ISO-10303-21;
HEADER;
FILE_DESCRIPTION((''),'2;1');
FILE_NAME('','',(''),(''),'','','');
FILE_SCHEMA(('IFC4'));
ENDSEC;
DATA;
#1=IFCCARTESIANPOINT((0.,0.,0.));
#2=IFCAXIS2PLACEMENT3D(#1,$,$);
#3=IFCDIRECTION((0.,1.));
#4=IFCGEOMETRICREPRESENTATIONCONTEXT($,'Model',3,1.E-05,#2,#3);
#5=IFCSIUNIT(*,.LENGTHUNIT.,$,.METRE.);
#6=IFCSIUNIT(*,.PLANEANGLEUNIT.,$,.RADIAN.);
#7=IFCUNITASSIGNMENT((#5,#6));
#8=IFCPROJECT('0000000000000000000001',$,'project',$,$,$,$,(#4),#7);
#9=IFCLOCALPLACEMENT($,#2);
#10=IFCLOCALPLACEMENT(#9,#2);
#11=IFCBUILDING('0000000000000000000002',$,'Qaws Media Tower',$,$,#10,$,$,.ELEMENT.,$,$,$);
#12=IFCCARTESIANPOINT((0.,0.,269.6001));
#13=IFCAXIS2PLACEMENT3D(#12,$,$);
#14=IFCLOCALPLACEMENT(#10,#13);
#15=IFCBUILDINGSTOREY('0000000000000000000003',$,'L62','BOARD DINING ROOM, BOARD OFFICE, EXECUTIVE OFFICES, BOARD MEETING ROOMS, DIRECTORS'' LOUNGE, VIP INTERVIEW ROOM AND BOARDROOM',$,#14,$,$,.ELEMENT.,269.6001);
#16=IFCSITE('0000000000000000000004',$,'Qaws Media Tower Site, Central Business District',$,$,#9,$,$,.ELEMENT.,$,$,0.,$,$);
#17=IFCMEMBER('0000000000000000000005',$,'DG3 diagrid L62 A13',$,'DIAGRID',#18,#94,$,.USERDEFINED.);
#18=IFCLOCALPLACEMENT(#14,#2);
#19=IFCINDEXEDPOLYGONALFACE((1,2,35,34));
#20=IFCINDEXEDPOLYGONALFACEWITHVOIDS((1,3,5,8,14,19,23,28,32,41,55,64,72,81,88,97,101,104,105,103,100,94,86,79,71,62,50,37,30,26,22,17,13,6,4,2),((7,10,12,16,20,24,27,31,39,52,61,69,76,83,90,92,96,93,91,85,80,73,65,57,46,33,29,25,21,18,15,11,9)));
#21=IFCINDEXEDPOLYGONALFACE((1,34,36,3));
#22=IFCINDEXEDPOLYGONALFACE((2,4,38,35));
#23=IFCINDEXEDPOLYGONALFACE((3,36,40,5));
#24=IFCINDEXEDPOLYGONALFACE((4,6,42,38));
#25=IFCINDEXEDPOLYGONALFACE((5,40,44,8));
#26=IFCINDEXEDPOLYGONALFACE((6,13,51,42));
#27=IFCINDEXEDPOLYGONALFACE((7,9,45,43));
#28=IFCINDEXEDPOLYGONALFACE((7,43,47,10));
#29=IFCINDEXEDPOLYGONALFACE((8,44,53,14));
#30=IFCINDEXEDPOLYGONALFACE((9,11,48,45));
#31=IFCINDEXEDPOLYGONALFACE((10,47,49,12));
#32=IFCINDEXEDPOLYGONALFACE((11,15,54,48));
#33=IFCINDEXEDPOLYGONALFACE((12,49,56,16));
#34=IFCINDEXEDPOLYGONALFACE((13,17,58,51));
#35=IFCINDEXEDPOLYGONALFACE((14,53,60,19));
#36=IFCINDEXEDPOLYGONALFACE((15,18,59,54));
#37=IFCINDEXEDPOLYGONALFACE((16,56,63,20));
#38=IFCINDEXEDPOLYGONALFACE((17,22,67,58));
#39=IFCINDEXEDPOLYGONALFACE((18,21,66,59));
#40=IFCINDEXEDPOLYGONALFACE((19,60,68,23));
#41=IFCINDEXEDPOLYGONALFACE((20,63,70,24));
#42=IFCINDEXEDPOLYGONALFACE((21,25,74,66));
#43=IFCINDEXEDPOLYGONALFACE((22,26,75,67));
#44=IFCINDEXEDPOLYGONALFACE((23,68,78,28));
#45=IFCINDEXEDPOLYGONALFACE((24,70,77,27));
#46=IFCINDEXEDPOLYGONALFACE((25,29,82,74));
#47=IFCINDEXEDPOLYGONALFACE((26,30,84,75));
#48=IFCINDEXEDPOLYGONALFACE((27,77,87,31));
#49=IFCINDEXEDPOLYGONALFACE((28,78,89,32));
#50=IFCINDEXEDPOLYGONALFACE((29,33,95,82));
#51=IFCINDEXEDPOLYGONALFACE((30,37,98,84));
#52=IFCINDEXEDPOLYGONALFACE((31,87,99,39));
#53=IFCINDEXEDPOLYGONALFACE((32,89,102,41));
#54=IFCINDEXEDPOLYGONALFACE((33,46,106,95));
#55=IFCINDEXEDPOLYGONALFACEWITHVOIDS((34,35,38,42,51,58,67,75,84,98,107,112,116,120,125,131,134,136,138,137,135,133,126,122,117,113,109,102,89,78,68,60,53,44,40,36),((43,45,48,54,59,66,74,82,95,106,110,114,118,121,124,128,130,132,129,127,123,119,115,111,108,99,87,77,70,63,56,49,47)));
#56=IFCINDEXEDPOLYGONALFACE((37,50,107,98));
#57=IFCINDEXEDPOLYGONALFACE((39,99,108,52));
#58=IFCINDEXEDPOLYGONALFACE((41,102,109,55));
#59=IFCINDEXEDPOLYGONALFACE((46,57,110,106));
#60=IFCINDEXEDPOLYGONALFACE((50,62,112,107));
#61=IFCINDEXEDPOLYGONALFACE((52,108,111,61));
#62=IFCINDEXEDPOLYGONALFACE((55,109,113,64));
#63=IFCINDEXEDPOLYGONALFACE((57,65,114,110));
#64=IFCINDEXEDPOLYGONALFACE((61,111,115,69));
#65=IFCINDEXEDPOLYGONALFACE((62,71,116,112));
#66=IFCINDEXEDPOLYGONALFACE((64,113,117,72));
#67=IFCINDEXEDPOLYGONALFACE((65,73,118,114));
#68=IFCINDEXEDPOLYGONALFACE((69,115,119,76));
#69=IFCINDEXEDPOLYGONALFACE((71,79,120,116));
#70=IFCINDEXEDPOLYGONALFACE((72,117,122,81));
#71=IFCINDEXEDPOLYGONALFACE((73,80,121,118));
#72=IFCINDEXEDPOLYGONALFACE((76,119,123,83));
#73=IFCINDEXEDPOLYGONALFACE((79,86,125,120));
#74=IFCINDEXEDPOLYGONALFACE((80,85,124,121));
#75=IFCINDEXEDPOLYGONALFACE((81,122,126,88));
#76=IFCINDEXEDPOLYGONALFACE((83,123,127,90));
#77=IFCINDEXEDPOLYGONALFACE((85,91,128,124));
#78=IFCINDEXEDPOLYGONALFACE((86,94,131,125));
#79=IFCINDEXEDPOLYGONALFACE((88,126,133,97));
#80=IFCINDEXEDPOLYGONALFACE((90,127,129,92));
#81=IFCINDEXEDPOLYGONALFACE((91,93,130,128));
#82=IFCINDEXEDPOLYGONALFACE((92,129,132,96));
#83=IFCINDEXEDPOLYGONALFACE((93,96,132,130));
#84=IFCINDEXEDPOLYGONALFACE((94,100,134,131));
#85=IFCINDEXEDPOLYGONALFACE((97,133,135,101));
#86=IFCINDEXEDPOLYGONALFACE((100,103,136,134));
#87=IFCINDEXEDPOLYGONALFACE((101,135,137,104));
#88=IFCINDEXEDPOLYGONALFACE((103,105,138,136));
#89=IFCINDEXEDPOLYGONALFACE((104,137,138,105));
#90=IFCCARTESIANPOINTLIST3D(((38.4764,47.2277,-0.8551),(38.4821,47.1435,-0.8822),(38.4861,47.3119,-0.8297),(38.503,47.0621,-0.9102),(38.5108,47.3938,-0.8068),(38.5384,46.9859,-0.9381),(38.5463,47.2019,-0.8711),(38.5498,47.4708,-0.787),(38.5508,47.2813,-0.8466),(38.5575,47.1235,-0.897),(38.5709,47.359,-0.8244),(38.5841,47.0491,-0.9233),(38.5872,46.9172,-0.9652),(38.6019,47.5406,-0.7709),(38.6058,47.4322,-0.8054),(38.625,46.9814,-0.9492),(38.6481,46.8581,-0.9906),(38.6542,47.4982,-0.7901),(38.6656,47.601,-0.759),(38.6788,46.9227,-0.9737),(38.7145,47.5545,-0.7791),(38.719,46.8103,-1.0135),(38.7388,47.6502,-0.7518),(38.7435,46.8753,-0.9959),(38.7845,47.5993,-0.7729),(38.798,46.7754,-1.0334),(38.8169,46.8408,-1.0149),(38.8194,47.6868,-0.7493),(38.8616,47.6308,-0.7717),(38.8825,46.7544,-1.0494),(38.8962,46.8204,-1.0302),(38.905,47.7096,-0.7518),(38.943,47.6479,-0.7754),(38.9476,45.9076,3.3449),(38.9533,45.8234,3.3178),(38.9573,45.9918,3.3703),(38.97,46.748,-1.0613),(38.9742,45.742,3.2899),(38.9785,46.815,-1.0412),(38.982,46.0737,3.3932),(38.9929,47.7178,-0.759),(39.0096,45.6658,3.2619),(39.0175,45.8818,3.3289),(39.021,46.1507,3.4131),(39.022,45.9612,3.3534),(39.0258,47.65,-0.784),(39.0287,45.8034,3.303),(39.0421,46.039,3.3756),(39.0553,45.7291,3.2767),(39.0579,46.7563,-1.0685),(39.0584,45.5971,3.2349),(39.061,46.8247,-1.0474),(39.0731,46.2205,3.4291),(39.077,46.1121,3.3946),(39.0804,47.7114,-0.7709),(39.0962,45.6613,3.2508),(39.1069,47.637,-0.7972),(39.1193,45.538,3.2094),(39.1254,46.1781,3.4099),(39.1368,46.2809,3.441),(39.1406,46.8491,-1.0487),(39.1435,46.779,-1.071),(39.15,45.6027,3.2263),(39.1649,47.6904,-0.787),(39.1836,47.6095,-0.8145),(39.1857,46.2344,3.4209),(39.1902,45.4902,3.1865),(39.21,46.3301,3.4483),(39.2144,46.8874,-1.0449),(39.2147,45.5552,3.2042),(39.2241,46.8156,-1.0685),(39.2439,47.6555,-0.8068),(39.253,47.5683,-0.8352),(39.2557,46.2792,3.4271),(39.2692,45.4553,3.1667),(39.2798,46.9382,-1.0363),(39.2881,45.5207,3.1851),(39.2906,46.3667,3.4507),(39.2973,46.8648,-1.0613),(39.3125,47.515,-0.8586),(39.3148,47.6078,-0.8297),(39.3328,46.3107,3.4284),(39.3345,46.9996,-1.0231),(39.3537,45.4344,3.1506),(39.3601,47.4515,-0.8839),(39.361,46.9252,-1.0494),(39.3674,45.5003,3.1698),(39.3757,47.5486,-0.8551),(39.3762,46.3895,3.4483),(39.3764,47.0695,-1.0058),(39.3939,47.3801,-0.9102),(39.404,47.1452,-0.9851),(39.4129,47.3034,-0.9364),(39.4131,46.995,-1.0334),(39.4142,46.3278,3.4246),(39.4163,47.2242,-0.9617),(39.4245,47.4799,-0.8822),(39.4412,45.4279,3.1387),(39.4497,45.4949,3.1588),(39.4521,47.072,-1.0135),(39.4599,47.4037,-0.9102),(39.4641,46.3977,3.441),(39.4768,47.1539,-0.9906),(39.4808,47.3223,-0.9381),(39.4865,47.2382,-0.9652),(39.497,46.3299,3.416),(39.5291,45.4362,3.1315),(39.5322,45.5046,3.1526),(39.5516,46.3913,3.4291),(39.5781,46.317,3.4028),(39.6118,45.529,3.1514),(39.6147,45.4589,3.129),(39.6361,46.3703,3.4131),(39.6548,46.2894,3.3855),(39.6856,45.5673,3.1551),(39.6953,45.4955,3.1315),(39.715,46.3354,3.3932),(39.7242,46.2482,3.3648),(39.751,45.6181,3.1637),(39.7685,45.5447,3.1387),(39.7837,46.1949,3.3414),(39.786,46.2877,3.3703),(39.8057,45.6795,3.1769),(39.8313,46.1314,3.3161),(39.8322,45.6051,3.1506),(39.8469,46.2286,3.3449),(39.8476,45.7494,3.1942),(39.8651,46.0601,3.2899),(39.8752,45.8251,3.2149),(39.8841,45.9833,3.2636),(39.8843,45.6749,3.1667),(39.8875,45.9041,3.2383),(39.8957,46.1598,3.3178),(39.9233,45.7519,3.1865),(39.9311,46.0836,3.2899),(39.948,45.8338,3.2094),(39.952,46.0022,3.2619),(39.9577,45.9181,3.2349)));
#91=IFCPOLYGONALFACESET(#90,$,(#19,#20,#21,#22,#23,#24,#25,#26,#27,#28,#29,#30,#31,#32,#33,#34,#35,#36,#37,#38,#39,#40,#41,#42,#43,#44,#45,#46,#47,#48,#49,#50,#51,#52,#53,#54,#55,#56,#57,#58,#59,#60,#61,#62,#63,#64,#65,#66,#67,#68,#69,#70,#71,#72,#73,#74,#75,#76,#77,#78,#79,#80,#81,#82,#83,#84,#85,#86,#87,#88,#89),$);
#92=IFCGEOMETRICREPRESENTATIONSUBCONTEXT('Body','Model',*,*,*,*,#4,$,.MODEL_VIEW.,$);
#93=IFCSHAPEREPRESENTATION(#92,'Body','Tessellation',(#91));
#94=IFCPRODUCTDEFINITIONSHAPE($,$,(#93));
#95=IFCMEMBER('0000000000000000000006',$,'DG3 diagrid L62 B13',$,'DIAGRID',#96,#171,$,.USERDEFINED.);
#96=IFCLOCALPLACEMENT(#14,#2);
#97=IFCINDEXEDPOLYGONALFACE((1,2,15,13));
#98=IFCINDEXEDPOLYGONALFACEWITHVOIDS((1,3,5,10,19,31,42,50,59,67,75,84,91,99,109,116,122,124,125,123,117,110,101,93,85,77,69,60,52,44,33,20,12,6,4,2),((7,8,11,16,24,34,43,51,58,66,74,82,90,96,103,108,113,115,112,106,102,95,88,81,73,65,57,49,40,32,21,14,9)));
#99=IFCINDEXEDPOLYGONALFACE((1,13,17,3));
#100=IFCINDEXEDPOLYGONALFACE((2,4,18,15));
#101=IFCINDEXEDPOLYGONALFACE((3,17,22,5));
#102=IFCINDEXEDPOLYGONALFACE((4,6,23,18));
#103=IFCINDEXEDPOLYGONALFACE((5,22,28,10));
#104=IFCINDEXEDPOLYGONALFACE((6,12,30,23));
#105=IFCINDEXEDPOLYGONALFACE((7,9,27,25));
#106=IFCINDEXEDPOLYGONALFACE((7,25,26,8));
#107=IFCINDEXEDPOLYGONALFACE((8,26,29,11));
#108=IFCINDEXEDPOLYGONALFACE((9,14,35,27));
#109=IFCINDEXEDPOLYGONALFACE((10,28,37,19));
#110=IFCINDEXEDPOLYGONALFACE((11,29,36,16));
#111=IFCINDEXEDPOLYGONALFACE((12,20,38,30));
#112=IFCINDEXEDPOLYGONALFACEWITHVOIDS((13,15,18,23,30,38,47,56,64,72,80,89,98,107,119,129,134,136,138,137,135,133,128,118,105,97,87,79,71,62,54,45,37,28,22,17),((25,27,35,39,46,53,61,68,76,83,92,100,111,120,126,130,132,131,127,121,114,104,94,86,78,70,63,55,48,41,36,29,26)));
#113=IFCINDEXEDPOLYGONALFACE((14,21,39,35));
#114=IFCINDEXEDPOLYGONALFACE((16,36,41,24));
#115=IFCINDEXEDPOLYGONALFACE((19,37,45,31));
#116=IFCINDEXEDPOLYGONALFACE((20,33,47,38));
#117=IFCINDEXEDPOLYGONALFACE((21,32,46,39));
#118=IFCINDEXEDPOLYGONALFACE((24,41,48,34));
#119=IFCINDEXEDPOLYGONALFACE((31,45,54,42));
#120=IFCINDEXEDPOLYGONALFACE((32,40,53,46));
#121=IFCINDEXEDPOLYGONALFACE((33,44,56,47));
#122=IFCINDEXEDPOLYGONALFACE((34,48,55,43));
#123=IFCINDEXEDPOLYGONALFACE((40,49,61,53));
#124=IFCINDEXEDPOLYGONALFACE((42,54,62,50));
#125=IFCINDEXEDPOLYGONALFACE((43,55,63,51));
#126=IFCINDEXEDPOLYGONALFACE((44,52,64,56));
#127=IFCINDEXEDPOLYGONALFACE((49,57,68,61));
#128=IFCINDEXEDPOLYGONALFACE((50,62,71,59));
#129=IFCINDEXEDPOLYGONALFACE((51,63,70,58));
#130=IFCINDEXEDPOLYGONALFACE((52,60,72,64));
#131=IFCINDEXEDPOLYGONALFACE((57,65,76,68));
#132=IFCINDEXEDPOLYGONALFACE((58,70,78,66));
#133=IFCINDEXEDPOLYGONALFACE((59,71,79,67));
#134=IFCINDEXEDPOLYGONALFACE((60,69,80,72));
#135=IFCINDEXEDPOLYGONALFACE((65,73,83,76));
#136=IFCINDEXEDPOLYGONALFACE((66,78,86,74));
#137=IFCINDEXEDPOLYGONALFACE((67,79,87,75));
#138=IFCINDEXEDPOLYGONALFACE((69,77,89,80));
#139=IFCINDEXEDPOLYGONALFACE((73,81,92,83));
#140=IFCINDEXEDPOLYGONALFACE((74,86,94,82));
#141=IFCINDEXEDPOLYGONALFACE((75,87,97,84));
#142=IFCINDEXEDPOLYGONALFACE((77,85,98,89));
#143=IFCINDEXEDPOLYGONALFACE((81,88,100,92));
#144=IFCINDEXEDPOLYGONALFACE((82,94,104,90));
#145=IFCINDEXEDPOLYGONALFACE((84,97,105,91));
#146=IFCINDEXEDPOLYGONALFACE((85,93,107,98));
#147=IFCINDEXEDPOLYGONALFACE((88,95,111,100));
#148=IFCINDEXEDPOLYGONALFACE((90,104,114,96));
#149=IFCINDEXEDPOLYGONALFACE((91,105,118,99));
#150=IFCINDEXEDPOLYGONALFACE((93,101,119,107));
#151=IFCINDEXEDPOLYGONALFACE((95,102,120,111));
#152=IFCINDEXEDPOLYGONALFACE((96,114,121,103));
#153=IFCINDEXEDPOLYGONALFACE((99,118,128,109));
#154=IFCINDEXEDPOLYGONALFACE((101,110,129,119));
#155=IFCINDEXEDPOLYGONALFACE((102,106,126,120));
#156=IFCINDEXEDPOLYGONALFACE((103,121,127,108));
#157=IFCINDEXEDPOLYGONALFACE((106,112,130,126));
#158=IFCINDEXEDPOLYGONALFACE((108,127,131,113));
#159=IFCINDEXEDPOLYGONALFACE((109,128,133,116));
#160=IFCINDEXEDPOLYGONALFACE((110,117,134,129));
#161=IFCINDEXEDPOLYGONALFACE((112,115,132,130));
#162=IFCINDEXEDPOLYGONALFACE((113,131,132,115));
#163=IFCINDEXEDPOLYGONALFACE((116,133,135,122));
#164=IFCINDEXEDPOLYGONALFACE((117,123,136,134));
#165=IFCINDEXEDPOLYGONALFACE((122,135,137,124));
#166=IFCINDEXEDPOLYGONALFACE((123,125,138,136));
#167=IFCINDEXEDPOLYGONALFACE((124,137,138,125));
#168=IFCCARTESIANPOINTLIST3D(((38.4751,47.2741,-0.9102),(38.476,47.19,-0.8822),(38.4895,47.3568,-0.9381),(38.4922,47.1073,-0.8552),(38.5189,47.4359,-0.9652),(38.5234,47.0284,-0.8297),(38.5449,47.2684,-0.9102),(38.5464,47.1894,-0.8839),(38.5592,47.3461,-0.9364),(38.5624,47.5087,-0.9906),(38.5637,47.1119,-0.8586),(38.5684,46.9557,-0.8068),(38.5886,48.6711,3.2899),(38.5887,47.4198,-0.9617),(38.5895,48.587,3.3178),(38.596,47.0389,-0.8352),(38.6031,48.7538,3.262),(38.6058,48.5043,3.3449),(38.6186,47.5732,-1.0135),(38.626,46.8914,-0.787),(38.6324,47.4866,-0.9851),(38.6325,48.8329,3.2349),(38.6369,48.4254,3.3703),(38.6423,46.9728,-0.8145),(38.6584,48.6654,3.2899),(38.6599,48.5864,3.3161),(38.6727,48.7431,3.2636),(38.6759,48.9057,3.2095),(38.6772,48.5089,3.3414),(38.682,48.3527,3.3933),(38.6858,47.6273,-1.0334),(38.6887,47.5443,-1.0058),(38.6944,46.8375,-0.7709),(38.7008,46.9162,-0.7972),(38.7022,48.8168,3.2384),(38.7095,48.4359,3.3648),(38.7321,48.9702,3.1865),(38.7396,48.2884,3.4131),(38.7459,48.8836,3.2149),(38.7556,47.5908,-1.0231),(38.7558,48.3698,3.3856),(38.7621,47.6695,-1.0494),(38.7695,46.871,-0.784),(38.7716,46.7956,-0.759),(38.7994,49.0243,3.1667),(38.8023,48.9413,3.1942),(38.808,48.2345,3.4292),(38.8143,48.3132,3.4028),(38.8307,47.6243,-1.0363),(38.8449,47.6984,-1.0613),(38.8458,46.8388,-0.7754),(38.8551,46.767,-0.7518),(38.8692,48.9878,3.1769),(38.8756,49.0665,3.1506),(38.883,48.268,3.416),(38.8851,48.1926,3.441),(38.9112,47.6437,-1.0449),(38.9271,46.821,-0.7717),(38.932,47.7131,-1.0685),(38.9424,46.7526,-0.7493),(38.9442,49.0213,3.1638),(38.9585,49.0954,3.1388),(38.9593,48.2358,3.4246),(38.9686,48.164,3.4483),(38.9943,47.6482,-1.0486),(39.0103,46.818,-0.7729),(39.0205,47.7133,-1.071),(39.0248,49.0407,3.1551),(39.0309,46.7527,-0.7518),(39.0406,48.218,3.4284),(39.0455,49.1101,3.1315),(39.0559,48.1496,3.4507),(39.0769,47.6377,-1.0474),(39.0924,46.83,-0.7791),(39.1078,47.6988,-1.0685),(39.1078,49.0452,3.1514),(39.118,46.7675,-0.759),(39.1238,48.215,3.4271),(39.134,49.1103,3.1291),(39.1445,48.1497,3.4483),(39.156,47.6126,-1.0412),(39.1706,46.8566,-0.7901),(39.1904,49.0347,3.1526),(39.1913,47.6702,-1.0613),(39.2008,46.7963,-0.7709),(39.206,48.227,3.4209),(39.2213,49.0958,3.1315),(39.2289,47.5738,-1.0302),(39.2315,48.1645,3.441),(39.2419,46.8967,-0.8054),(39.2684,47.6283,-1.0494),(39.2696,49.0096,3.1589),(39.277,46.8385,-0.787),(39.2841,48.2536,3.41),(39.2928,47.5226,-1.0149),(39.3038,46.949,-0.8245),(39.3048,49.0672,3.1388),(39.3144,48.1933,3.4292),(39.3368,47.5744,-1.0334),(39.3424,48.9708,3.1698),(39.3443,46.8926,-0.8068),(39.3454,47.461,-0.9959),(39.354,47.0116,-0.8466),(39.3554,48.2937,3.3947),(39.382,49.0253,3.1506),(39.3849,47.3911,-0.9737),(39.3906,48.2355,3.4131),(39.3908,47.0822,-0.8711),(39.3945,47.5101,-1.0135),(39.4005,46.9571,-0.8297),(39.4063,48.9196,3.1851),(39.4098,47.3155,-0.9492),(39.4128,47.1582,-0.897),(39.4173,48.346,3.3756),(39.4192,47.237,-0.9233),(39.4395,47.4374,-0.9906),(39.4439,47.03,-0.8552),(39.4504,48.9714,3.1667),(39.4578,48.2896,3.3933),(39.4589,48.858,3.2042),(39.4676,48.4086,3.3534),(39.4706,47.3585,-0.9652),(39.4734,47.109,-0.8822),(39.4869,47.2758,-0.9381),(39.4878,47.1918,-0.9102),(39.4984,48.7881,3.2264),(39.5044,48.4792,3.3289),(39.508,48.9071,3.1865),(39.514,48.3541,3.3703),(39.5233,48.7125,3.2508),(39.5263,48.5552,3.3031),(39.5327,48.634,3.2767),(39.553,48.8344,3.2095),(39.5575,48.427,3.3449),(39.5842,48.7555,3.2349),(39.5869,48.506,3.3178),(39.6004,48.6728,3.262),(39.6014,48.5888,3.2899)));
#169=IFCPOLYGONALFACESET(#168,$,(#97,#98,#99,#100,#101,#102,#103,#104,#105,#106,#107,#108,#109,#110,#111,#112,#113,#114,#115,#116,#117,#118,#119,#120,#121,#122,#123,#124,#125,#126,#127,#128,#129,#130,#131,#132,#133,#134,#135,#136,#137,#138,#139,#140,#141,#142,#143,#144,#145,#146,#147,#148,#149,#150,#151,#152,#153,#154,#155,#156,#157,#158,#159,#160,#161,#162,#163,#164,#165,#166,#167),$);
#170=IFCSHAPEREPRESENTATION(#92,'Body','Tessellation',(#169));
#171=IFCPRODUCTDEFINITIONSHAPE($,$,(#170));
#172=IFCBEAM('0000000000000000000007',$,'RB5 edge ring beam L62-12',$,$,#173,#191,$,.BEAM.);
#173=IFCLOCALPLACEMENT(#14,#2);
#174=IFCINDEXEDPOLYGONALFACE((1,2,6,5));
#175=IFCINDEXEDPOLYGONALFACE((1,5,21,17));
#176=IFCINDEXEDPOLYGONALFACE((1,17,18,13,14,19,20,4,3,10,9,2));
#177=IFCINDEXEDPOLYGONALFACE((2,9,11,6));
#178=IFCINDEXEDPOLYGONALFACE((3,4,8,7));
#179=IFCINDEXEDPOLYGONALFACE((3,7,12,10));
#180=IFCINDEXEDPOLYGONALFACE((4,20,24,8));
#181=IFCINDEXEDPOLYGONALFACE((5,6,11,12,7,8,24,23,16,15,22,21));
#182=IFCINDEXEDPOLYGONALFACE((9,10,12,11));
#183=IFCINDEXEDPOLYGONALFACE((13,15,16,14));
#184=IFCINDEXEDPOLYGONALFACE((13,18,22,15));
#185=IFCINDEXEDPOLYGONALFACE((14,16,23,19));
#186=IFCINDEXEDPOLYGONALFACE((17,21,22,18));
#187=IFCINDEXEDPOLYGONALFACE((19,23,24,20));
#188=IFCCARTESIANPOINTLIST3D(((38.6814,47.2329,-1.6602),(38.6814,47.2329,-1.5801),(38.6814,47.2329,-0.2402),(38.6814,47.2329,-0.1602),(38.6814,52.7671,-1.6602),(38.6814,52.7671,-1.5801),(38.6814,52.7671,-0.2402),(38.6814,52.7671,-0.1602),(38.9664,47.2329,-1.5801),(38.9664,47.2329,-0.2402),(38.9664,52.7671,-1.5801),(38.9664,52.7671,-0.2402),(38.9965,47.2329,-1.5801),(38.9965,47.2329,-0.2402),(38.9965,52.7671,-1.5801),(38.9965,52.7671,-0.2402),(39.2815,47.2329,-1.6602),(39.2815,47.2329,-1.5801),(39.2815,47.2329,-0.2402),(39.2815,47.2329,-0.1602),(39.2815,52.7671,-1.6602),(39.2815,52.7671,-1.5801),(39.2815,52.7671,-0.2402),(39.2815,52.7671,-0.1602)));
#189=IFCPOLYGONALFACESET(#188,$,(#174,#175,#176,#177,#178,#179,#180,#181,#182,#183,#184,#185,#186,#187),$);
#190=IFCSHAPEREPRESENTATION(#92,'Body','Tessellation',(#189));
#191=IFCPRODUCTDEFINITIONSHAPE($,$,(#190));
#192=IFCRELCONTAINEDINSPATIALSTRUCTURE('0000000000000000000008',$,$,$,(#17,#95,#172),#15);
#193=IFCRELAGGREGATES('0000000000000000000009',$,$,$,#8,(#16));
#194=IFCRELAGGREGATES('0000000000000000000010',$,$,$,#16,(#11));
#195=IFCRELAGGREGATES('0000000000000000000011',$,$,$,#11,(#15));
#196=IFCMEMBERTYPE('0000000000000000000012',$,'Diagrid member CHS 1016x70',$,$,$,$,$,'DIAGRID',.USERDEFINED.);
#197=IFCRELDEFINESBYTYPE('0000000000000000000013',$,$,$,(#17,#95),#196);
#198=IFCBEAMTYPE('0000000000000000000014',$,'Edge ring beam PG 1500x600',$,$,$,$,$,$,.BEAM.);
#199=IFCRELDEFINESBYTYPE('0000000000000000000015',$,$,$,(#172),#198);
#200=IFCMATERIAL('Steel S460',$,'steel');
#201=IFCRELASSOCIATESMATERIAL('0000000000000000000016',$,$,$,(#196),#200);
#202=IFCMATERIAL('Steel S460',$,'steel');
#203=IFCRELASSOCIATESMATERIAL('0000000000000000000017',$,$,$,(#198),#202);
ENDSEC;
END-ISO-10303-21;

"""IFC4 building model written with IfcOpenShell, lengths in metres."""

from ifc_helpers import new_model, si_unit, direction, frame, origin, origin_2d, place, context, subcontext, project, spatial, hollow_circle, i_section, extrude, material, material_profile, profile_set, type_object, element, save


model = new_model("IFC4")

# Units and contexts
model_context = context("Model", 3, precision=1e-05, world=origin(), true_north=direction((0.0, 1.0)))
body_context = subcontext(model_context, "Body", "Model", "MODEL_VIEW")
ifc_project = project(units=[si_unit("LENGTHUNIT", "METRE"), si_unit("PLANEANGLEUNIT", "RADIAN")], contexts=[model_context])

# Site, building, storey
site_placement = place(None, origin())
site = spatial("IfcSite", under=ifc_project, at=site_placement, Name="Qaws Media Tower Site, Central Business District", CompositionType="ELEMENT", RefElevation=0.0)
building_placement = place(site_placement, origin())
building = spatial("IfcBuilding", under=site, at=building_placement, Name="Qaws Media Tower", CompositionType="ELEMENT")
storey_placement = place(building_placement, frame((0.0, 0.0, 269.6001)))
storey = spatial("IfcBuildingStorey", under=building, at=storey_placement, Name="L62", Description="BOARD DINING ROOM, BOARD OFFICE, EXECUTIVE OFFICES, BOARD MEETING ROOMS, DIRECTORS' LOUNGE, VIP INTERVIEW ROOM AND BOARDROOM", CompositionType="ELEMENT", Elevation=269.6001)

# Members
ifc_material_1 = material(Name="Steel S460", Category="steel")
ifc_material_profile_1 = material_profile(ifc_material_1, hollow_circle(Radius=0.5081, WallThickness=0.0701, at=origin_2d()), Name="CHS 1016x70")
ifc_profile_set_1 = profile_set([ifc_material_profile_1], Name="Steel S460")
member_type_1 = type_object("IfcMemberType", Name="Diagrid member CHS 1016x70", ElementType="DIAGRID", PredefinedType="USERDEFINED", material=ifc_profile_set_1)
for number, where, z_axis, x_axis, name in (
    (1, (38.9814, 47.2329, -0.9102), (0.10642, -0.298141, 0.948571), (0.941801, 0.336171, 0.0), "DG3 diagrid L62 A13"),
    (2, (38.9814, 47.2329, -0.9102), (0.02564, 0.315512, 0.948575), (-0.996714, 0.080998, 0.0), "DG3 diagrid L62 B13"),
):
    element("IfcMember", number, at=place(storey_placement, frame(where, z_axis=z_axis, x_axis=x_axis)), inside=storey, type_object=member_type_1, Name=name, ObjectType="DIAGRID", PredefinedType="USERDEFINED", context=body_context, shape_type="SweptSolid", body=[
        extrude(hollow_circle(Radius=0.5081, WallThickness=0.0701, at=origin_2d()), origin(), (0.0, 0.0, 1.0), 4.4277),
    ])

# Beam
ifc_material_2 = material(Name="Steel S460", Category="steel")
ifc_material_profile_2 = material_profile(ifc_material_2, i_section(OverallWidth=0.6001, OverallDepth=1.5, WebThickness=0.03, FlangeThickness=0.0801, at=origin_2d()), Name="PG 1500x600")
ifc_profile_set_2 = profile_set([ifc_material_profile_2], Name="Steel S460")
beam_type = type_object("IfcBeamType", Name="Edge ring beam PG 1500x600", PredefinedType="BEAM", material=ifc_profile_set_2)
for number, where, z_axis, x_axis, name in (
    (3, (38.9814, 52.7671, -0.9102), (0.0, -1.0, 0.0), (1.0, 0.0, 0.0), "RB5 edge ring beam L62-12"),
):
    element("IfcBeam", number, at=place(storey_placement, frame(where, z_axis=z_axis, x_axis=x_axis)), inside=storey, type_object=beam_type, Name=name, PredefinedType="BEAM", context=body_context, shape_type="SweptSolid", body=[
        extrude(i_section(OverallWidth=0.6001, OverallDepth=1.5, WebThickness=0.03, FlangeThickness=0.0801, at=origin_2d()), origin(), (0.0, 0.0, 1.0), 5.5342),
    ])

save(model, "model.ifc")
